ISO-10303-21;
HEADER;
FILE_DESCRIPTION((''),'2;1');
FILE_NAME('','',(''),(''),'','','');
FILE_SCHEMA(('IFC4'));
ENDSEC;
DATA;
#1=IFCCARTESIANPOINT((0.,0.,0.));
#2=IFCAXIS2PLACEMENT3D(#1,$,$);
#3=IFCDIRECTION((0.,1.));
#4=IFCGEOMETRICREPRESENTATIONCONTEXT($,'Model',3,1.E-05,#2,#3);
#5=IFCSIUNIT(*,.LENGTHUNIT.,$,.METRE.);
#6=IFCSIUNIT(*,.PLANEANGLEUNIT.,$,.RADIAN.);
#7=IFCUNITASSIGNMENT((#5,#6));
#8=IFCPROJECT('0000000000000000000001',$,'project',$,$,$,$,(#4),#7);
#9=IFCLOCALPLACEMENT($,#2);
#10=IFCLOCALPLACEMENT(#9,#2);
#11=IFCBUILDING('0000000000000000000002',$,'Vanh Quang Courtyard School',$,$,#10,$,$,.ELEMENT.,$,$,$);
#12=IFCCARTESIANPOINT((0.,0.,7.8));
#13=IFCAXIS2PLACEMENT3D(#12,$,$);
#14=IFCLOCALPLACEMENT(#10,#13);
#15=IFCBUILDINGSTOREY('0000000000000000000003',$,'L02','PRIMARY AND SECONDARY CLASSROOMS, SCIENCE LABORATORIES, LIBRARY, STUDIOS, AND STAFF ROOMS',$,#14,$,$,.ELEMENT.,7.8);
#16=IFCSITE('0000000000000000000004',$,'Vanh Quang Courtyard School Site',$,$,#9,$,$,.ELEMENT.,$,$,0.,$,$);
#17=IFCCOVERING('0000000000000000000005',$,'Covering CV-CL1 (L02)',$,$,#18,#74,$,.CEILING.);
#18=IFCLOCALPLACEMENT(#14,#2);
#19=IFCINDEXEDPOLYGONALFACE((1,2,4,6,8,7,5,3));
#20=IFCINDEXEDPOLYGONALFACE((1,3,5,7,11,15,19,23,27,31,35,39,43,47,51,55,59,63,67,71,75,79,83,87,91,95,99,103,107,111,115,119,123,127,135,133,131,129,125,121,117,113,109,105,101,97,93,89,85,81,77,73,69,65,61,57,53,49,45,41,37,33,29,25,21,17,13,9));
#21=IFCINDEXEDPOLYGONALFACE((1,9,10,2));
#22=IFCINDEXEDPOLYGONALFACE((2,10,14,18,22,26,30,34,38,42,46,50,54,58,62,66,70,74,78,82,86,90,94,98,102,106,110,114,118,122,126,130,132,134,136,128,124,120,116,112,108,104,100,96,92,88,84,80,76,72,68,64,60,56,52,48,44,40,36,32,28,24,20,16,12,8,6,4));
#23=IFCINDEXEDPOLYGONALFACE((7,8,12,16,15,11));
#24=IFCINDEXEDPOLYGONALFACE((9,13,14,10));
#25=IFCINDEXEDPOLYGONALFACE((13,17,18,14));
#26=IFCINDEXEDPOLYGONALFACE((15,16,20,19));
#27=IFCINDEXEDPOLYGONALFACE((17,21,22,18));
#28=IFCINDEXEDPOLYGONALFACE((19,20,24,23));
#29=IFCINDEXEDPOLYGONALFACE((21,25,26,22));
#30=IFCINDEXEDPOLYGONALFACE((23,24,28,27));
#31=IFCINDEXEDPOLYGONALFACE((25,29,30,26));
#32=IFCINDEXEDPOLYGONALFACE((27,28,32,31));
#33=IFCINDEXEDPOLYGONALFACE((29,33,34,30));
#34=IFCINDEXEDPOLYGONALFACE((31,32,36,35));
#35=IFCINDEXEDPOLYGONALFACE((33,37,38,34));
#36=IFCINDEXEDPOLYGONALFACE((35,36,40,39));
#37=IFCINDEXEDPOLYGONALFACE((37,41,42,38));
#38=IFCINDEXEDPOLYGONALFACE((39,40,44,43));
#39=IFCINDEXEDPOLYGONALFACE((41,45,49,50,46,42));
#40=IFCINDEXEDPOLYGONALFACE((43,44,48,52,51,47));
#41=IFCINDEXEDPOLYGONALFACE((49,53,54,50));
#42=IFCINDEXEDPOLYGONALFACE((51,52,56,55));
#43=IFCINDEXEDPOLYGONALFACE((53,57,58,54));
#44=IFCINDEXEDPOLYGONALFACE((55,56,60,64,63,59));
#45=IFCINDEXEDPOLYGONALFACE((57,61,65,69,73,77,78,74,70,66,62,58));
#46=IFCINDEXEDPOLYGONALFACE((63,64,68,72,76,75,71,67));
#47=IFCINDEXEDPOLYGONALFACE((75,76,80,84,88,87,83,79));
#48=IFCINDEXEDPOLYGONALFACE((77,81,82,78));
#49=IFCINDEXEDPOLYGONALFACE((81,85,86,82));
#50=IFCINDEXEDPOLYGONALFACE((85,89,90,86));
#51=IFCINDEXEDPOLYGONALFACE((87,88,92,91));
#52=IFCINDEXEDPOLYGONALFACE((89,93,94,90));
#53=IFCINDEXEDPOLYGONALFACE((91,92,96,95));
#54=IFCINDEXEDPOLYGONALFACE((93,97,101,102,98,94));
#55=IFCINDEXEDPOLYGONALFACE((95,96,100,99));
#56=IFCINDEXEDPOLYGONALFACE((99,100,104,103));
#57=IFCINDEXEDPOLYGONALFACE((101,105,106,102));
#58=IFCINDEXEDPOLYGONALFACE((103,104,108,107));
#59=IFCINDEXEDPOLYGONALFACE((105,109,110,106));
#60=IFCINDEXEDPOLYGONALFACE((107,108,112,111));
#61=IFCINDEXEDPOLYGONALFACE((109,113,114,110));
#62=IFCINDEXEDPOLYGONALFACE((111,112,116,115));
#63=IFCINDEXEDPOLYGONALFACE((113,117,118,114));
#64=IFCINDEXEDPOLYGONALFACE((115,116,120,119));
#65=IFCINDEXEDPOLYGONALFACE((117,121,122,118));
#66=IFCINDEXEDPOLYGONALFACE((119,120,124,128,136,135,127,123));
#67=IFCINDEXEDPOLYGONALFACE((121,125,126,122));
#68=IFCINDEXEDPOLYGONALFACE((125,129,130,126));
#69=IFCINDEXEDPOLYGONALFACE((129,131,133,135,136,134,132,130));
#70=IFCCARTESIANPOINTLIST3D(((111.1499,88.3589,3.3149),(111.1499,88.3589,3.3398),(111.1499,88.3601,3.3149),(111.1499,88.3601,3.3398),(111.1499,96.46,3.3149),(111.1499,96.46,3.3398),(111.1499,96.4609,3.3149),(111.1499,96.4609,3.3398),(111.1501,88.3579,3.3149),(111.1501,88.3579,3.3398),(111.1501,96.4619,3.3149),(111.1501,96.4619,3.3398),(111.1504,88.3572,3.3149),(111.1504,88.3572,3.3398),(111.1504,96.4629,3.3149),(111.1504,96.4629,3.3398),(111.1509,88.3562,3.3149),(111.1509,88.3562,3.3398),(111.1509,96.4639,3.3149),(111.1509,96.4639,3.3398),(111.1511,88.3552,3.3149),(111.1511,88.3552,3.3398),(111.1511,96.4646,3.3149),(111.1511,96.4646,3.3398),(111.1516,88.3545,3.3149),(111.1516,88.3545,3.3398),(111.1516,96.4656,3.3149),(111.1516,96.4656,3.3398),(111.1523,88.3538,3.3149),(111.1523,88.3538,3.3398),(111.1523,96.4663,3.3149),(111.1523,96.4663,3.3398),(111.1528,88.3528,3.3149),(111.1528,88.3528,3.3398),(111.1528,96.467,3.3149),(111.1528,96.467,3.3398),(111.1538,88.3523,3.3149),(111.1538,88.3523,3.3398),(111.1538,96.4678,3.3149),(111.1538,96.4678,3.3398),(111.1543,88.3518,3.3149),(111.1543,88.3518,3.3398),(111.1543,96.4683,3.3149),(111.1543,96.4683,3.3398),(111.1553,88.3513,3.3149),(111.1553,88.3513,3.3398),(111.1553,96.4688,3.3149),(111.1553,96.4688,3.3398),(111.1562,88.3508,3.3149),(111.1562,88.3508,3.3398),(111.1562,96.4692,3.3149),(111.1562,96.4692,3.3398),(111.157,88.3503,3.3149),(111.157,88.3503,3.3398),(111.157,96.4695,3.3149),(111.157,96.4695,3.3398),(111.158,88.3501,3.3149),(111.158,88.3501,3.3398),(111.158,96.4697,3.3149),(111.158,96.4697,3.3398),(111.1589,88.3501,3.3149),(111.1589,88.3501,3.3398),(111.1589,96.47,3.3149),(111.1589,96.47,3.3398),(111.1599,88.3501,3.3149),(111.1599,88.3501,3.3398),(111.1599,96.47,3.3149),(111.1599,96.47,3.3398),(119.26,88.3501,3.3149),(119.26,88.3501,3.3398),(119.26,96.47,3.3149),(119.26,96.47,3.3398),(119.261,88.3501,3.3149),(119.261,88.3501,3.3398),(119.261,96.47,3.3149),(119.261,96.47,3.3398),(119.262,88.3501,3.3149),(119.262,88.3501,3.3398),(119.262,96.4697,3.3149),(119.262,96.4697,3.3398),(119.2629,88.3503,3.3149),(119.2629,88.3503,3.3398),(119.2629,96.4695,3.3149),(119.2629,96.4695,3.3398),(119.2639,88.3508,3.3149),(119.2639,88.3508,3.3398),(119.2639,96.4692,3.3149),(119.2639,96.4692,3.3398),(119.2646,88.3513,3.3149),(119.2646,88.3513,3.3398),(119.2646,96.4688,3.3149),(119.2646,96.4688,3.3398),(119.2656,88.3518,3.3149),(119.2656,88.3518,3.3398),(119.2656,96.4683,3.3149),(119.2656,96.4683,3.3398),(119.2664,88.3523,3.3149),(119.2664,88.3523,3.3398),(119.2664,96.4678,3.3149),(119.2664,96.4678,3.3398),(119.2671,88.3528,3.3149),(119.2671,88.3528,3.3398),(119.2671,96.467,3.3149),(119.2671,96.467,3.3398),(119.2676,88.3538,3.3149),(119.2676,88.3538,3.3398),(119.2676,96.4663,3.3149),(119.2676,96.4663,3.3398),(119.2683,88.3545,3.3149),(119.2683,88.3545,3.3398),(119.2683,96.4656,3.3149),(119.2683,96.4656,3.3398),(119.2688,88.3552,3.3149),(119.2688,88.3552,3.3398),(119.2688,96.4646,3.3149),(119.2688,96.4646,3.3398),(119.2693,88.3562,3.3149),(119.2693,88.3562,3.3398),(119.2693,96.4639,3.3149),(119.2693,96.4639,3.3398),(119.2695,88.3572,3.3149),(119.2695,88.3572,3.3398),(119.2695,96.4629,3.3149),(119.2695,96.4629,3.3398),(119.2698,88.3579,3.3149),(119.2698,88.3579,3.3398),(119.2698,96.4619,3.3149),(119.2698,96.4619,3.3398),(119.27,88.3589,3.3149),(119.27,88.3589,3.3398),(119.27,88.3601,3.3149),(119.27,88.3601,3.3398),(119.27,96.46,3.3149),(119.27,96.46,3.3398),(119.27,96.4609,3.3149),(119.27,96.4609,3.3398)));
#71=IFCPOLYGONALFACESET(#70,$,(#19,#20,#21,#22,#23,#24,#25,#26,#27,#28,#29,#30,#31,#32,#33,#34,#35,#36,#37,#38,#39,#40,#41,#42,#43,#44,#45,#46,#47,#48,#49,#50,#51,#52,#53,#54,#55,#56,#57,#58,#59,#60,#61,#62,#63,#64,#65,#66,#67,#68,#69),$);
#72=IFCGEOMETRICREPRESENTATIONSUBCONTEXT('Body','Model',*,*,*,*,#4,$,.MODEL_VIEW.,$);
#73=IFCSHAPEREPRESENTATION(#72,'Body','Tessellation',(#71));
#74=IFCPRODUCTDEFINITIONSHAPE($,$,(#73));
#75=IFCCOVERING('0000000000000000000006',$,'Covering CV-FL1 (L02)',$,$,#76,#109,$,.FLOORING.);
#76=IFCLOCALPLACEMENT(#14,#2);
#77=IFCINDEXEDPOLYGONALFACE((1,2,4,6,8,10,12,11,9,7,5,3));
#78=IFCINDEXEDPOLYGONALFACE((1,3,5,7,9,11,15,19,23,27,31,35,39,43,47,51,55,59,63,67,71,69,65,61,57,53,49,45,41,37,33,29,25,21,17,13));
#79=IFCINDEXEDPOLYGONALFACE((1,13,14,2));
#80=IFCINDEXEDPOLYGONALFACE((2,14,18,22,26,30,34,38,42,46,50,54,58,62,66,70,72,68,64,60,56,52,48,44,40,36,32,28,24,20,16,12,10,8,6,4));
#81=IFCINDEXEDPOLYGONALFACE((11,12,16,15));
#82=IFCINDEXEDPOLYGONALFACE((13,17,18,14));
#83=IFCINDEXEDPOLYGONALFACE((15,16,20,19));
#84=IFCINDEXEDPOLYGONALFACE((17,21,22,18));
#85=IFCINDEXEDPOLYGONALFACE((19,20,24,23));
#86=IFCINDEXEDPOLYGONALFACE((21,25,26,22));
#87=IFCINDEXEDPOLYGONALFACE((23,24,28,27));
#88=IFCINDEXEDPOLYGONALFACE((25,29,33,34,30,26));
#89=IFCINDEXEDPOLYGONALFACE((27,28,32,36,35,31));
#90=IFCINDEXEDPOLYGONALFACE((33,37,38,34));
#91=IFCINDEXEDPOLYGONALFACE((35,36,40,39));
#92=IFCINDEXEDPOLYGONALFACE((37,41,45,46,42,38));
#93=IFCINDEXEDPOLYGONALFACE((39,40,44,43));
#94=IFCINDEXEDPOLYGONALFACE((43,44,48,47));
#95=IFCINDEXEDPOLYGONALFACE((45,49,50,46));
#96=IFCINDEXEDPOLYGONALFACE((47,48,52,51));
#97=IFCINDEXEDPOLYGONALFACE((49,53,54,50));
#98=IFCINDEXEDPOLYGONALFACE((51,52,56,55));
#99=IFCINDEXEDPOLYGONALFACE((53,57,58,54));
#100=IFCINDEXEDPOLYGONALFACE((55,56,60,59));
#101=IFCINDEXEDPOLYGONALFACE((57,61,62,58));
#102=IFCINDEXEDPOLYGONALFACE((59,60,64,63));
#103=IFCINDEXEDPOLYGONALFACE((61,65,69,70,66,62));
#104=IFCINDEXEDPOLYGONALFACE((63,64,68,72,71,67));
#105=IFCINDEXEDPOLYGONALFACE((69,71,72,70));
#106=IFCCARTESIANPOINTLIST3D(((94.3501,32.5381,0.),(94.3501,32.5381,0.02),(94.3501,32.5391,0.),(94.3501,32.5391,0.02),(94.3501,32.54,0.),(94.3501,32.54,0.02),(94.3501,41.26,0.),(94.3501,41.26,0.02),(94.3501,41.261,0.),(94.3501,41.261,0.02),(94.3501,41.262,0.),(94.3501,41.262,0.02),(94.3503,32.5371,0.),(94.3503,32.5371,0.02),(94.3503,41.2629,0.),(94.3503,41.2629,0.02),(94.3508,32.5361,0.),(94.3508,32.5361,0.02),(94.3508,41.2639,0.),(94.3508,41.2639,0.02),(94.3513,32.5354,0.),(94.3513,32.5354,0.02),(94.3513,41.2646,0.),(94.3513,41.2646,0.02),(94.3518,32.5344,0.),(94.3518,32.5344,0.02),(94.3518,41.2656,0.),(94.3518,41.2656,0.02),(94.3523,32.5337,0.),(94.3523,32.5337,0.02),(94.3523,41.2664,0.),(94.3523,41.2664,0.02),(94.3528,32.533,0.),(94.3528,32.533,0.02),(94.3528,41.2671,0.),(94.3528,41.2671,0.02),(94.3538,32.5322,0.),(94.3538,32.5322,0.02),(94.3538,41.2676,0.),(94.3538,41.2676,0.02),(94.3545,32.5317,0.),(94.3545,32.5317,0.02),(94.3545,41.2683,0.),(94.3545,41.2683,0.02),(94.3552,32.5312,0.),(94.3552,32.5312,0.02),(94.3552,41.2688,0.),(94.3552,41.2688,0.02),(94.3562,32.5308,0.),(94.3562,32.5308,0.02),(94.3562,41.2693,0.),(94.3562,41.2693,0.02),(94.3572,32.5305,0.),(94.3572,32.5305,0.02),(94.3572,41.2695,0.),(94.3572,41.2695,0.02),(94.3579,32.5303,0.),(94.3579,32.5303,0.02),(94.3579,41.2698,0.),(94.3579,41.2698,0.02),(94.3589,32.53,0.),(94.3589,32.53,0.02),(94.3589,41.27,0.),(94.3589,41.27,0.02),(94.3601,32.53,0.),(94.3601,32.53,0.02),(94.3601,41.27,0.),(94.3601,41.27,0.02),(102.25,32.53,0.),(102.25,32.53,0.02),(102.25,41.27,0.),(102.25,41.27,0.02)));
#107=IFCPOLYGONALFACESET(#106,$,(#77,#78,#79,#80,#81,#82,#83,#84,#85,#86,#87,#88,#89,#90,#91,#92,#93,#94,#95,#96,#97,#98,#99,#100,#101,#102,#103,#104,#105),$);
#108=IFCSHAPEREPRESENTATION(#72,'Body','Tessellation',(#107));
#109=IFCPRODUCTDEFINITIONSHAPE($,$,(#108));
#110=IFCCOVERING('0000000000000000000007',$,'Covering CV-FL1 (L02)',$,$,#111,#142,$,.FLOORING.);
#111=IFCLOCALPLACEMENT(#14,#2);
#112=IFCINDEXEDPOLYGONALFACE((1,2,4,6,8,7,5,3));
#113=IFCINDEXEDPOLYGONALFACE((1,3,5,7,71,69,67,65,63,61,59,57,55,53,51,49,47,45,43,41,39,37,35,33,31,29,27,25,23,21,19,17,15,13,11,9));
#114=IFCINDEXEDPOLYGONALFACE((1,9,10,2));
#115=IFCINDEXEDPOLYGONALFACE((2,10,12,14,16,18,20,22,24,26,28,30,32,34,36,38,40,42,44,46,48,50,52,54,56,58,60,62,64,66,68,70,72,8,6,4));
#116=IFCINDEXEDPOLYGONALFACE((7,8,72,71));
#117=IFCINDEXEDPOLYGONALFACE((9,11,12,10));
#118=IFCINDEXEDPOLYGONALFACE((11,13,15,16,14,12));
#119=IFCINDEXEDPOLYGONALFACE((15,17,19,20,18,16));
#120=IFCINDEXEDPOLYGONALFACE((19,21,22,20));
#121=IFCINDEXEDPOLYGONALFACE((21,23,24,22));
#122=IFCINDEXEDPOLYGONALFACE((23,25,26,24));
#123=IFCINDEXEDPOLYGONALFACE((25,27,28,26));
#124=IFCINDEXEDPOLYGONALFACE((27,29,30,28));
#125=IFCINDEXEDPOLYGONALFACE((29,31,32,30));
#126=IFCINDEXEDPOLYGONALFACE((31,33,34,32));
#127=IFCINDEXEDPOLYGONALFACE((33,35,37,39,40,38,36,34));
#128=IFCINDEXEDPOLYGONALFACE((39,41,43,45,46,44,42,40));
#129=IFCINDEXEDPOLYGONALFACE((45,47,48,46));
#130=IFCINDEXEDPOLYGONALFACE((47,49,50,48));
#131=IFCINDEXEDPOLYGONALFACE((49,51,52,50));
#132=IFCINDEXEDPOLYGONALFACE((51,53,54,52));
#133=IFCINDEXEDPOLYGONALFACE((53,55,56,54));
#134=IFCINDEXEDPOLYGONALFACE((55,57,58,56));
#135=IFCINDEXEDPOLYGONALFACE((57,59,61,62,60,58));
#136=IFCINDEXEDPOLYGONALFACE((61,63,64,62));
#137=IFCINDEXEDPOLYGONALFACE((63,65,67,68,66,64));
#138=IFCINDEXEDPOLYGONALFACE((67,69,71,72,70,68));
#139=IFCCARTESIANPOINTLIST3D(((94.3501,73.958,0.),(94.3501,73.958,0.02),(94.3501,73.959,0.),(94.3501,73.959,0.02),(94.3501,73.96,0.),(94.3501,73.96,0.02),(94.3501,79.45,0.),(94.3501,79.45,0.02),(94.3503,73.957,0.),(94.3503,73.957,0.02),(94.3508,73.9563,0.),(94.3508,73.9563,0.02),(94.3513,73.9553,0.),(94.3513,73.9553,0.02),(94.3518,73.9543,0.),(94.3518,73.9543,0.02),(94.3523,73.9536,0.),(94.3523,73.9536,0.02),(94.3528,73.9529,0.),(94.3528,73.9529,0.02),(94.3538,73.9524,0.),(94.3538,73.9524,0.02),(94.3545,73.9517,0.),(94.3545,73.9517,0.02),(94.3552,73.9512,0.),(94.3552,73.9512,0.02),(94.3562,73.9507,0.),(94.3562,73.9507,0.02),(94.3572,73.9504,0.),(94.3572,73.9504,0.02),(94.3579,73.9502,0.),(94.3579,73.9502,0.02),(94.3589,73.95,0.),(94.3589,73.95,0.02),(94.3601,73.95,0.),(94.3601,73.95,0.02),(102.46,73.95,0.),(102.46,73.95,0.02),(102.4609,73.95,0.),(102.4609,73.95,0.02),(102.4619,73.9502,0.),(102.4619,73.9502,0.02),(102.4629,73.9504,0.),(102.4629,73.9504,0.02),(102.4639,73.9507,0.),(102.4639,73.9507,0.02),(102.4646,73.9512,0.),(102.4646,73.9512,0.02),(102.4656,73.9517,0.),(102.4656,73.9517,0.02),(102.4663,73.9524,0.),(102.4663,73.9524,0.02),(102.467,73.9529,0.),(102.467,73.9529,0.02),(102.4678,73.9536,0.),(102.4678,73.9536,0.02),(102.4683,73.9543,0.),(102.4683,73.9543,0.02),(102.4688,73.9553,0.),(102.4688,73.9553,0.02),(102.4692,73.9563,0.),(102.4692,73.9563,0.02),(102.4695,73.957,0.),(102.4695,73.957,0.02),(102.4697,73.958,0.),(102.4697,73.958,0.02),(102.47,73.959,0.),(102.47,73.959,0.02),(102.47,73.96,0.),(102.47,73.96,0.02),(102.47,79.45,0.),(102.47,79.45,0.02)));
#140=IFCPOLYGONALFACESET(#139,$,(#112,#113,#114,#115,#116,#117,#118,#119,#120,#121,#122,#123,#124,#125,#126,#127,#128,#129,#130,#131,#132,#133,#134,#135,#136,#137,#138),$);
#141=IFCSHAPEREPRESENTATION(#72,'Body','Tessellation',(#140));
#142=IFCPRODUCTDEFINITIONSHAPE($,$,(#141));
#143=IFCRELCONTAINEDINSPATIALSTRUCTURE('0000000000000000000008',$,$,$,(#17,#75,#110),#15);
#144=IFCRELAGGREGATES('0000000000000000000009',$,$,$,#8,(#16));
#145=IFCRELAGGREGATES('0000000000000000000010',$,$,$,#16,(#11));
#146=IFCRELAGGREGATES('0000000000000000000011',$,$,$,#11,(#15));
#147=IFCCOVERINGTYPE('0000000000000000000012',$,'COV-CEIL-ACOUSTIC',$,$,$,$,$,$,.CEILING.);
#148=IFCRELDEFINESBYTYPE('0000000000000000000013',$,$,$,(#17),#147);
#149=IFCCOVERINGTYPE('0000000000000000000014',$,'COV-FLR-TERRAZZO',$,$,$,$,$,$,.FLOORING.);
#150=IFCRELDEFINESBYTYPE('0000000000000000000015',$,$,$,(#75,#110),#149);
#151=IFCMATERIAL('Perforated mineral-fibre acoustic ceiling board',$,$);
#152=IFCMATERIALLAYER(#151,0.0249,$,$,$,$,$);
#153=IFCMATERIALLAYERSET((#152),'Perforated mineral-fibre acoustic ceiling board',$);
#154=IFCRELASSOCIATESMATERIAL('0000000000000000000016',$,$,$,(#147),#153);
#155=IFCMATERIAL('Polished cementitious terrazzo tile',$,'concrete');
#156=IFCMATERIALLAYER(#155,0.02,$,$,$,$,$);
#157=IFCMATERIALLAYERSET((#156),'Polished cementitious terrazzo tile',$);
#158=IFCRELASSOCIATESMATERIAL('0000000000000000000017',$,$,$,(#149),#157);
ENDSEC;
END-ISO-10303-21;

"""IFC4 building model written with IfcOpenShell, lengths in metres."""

from ifc_helpers import new_model, si_unit, direction, frame, origin, place, context, subcontext, project, spatial, polyline, outline, extrude, material, layer, layer_set, type_object, element, save


model = new_model("IFC4")

# Units and contexts
model_context = context("Model", 3, precision=1e-05, world=origin(), true_north=direction((0.0, 1.0)))
body_context = subcontext(model_context, "Body", "Model", "MODEL_VIEW")
ifc_project = project(units=[si_unit("LENGTHUNIT", "METRE"), si_unit("PLANEANGLEUNIT", "RADIAN")], contexts=[model_context])

# Site, building, storey
site_placement = place(None, origin())
site = spatial("IfcSite", under=ifc_project, at=site_placement, Name="Vanh Quang Courtyard School Site", CompositionType="ELEMENT", RefElevation=0.0)
building_placement = place(site_placement, origin())
building = spatial("IfcBuilding", under=site, at=building_placement, Name="Vanh Quang Courtyard School", CompositionType="ELEMENT")
storey_placement = place(building_placement, frame((0.0, 0.0, 7.8)))
storey = spatial("IfcBuildingStorey", under=building, at=storey_placement, Name="L02", Description="PRIMARY AND SECONDARY CLASSROOMS, SCIENCE LABORATORIES, LIBRARY, STUDIOS, AND STAFF ROOMS", CompositionType="ELEMENT", Elevation=7.8)

# Coverings
ifc_material_1 = material(Name="Perforated mineral-fibre acoustic ceiling board")
ifc_layer_1 = layer(ifc_material_1, 0.0249)
ifc_layer_set_1 = layer_set([ifc_layer_1], Name="Perforated mineral-fibre acoustic ceiling board")
covering_type_1 = type_object("IfcCoveringType", Name="COV-CEIL-ACOUSTIC", PredefinedType="CEILING", material=ifc_layer_set_1)
covering_1_placement = place(storey_placement, frame((0.0, 0.0, 3.3149)))
element("IfcCovering", 1, at=covering_1_placement, inside=storey, type_object=covering_type_1, Name="Covering CV-CL1 (L02)", PredefinedType="CEILING", context=body_context, shape_type="SweptSolid", body=[
    extrude(outline(polyline([(111.1599, 88.3501), (111.1589, 88.3501), (111.158, 88.3501), (111.157, 88.3503), (111.1562, 88.3508), (111.1553, 88.3513), (111.1543, 88.3518), (111.1538, 88.3523), (111.1528, 88.3528), (111.1523, 88.3538), (111.1516, 88.3545), (111.1511, 88.3552), (111.1509, 88.3562), (111.1504, 88.3572), (111.1501, 88.3579), (111.1499, 88.3589), (111.1499, 88.3601), (111.1499, 96.46), (111.1499, 96.4609), (111.1501, 96.4619), (111.1504, 96.4629), (111.1509, 96.4639), (111.1511, 96.4646), (111.1516, 96.4656), (111.1523, 96.4663), (111.1528, 96.467), (111.1538, 96.4678), (111.1543, 96.4683), (111.1553, 96.4688), (111.1562, 96.4692), (111.157, 96.4695), (111.158, 96.4697), (111.1589, 96.47), (111.1599, 96.47), (119.26, 96.47), (119.261, 96.47), (119.262, 96.4697), (119.2629, 96.4695), (119.2639, 96.4692), (119.2646, 96.4688), (119.2656, 96.4683), (119.2664, 96.4678), (119.2671, 96.467), (119.2676, 96.4663), (119.2683, 96.4656), (119.2688, 96.4646), (119.2693, 96.4639), (119.2695, 96.4629), (119.2698, 96.4619), (119.27, 96.4609), (119.27, 96.46), (119.27, 88.3601), (119.27, 88.3589), (119.2698, 88.3579), (119.2695, 88.3572), (119.2693, 88.3562), (119.2688, 88.3552), (119.2683, 88.3545), (119.2676, 88.3538), (119.2671, 88.3528), (119.2664, 88.3523), (119.2656, 88.3518), (119.2646, 88.3513), (119.2639, 88.3508), (119.2629, 88.3503), (119.262, 88.3501), (119.261, 88.3501), (119.26, 88.3501), (111.1599, 88.3501)])), origin(), (0.0, 0.0, 1.0), 0.0249),
])
ifc_material_2 = material(Name="Polished cementitious terrazzo tile", Category="concrete")
ifc_layer_2 = layer(ifc_material_2, 0.02)
ifc_layer_set_2 = layer_set([ifc_layer_2], Name="Polished cementitious terrazzo tile")
covering_type_2 = type_object("IfcCoveringType", Name="COV-FLR-TERRAZZO", PredefinedType="FLOORING", material=ifc_layer_set_2)
covering_2_placement = place(storey_placement, origin())
element("IfcCovering", 2, at=covering_2_placement, inside=storey, type_object=covering_type_2, Name="Covering CV-FL1 (L02)", PredefinedType="FLOORING", context=body_context, shape_type="SweptSolid", body=[
    extrude(outline(polyline([(94.3601, 32.53), (94.3589, 32.53), (94.3579, 32.5303), (94.3572, 32.5305), (94.3562, 32.5308), (94.3552, 32.5312), (94.3545, 32.5317), (94.3538, 32.5322), (94.3528, 32.533), (94.3523, 32.5337), (94.3518, 32.5344), (94.3513, 32.5354), (94.3508, 32.5361), (94.3503, 32.5371), (94.3501, 32.5381), (94.3501, 32.5391), (94.3501, 32.54), (94.3501, 41.26), (94.3501, 41.261), (94.3501, 41.262), (94.3503, 41.2629), (94.3508, 41.2639), (94.3513, 41.2646), (94.3518, 41.2656), (94.3523, 41.2664), (94.3528, 41.2671), (94.3538, 41.2676), (94.3545, 41.2683), (94.3552, 41.2688), (94.3562, 41.2693), (94.3572, 41.2695), (94.3579, 41.2698), (94.3589, 41.27), (94.3601, 41.27), (102.25, 41.27), (102.25, 32.53), (94.3601, 32.53)])), origin(), (0.0, 0.0, 1.0), 0.02),
])
covering_3_placement = place(storey_placement, origin())
element("IfcCovering", 3, at=covering_3_placement, inside=storey, type_object=covering_type_2, Name="Covering CV-FL1 (L02)", PredefinedType="FLOORING", context=body_context, shape_type="SweptSolid", body=[
    extrude(outline(polyline([(94.3601, 73.95), (94.3589, 73.95), (94.3579, 73.9502), (94.3572, 73.9504), (94.3562, 73.9507), (94.3552, 73.9512), (94.3545, 73.9517), (94.3538, 73.9524), (94.3528, 73.9529), (94.3523, 73.9536), (94.3518, 73.9543), (94.3513, 73.9553), (94.3508, 73.9563), (94.3503, 73.957), (94.3501, 73.958), (94.3501, 73.959), (94.3501, 73.96), (94.3501, 79.45), (102.47, 79.45), (102.47, 73.96), (102.47, 73.959), (102.4697, 73.958), (102.4695, 73.957), (102.4692, 73.9563), (102.4688, 73.9553), (102.4683, 73.9543), (102.4678, 73.9536), (102.467, 73.9529), (102.4663, 73.9524), (102.4656, 73.9517), (102.4646, 73.9512), (102.4639, 73.9507), (102.4629, 73.9504), (102.4619, 73.9502), (102.4609, 73.95), (102.46, 73.95), (94.3601, 73.95)])), origin(), (0.0, 0.0, 1.0), 0.02),
])

save(model, "model.ifc")
